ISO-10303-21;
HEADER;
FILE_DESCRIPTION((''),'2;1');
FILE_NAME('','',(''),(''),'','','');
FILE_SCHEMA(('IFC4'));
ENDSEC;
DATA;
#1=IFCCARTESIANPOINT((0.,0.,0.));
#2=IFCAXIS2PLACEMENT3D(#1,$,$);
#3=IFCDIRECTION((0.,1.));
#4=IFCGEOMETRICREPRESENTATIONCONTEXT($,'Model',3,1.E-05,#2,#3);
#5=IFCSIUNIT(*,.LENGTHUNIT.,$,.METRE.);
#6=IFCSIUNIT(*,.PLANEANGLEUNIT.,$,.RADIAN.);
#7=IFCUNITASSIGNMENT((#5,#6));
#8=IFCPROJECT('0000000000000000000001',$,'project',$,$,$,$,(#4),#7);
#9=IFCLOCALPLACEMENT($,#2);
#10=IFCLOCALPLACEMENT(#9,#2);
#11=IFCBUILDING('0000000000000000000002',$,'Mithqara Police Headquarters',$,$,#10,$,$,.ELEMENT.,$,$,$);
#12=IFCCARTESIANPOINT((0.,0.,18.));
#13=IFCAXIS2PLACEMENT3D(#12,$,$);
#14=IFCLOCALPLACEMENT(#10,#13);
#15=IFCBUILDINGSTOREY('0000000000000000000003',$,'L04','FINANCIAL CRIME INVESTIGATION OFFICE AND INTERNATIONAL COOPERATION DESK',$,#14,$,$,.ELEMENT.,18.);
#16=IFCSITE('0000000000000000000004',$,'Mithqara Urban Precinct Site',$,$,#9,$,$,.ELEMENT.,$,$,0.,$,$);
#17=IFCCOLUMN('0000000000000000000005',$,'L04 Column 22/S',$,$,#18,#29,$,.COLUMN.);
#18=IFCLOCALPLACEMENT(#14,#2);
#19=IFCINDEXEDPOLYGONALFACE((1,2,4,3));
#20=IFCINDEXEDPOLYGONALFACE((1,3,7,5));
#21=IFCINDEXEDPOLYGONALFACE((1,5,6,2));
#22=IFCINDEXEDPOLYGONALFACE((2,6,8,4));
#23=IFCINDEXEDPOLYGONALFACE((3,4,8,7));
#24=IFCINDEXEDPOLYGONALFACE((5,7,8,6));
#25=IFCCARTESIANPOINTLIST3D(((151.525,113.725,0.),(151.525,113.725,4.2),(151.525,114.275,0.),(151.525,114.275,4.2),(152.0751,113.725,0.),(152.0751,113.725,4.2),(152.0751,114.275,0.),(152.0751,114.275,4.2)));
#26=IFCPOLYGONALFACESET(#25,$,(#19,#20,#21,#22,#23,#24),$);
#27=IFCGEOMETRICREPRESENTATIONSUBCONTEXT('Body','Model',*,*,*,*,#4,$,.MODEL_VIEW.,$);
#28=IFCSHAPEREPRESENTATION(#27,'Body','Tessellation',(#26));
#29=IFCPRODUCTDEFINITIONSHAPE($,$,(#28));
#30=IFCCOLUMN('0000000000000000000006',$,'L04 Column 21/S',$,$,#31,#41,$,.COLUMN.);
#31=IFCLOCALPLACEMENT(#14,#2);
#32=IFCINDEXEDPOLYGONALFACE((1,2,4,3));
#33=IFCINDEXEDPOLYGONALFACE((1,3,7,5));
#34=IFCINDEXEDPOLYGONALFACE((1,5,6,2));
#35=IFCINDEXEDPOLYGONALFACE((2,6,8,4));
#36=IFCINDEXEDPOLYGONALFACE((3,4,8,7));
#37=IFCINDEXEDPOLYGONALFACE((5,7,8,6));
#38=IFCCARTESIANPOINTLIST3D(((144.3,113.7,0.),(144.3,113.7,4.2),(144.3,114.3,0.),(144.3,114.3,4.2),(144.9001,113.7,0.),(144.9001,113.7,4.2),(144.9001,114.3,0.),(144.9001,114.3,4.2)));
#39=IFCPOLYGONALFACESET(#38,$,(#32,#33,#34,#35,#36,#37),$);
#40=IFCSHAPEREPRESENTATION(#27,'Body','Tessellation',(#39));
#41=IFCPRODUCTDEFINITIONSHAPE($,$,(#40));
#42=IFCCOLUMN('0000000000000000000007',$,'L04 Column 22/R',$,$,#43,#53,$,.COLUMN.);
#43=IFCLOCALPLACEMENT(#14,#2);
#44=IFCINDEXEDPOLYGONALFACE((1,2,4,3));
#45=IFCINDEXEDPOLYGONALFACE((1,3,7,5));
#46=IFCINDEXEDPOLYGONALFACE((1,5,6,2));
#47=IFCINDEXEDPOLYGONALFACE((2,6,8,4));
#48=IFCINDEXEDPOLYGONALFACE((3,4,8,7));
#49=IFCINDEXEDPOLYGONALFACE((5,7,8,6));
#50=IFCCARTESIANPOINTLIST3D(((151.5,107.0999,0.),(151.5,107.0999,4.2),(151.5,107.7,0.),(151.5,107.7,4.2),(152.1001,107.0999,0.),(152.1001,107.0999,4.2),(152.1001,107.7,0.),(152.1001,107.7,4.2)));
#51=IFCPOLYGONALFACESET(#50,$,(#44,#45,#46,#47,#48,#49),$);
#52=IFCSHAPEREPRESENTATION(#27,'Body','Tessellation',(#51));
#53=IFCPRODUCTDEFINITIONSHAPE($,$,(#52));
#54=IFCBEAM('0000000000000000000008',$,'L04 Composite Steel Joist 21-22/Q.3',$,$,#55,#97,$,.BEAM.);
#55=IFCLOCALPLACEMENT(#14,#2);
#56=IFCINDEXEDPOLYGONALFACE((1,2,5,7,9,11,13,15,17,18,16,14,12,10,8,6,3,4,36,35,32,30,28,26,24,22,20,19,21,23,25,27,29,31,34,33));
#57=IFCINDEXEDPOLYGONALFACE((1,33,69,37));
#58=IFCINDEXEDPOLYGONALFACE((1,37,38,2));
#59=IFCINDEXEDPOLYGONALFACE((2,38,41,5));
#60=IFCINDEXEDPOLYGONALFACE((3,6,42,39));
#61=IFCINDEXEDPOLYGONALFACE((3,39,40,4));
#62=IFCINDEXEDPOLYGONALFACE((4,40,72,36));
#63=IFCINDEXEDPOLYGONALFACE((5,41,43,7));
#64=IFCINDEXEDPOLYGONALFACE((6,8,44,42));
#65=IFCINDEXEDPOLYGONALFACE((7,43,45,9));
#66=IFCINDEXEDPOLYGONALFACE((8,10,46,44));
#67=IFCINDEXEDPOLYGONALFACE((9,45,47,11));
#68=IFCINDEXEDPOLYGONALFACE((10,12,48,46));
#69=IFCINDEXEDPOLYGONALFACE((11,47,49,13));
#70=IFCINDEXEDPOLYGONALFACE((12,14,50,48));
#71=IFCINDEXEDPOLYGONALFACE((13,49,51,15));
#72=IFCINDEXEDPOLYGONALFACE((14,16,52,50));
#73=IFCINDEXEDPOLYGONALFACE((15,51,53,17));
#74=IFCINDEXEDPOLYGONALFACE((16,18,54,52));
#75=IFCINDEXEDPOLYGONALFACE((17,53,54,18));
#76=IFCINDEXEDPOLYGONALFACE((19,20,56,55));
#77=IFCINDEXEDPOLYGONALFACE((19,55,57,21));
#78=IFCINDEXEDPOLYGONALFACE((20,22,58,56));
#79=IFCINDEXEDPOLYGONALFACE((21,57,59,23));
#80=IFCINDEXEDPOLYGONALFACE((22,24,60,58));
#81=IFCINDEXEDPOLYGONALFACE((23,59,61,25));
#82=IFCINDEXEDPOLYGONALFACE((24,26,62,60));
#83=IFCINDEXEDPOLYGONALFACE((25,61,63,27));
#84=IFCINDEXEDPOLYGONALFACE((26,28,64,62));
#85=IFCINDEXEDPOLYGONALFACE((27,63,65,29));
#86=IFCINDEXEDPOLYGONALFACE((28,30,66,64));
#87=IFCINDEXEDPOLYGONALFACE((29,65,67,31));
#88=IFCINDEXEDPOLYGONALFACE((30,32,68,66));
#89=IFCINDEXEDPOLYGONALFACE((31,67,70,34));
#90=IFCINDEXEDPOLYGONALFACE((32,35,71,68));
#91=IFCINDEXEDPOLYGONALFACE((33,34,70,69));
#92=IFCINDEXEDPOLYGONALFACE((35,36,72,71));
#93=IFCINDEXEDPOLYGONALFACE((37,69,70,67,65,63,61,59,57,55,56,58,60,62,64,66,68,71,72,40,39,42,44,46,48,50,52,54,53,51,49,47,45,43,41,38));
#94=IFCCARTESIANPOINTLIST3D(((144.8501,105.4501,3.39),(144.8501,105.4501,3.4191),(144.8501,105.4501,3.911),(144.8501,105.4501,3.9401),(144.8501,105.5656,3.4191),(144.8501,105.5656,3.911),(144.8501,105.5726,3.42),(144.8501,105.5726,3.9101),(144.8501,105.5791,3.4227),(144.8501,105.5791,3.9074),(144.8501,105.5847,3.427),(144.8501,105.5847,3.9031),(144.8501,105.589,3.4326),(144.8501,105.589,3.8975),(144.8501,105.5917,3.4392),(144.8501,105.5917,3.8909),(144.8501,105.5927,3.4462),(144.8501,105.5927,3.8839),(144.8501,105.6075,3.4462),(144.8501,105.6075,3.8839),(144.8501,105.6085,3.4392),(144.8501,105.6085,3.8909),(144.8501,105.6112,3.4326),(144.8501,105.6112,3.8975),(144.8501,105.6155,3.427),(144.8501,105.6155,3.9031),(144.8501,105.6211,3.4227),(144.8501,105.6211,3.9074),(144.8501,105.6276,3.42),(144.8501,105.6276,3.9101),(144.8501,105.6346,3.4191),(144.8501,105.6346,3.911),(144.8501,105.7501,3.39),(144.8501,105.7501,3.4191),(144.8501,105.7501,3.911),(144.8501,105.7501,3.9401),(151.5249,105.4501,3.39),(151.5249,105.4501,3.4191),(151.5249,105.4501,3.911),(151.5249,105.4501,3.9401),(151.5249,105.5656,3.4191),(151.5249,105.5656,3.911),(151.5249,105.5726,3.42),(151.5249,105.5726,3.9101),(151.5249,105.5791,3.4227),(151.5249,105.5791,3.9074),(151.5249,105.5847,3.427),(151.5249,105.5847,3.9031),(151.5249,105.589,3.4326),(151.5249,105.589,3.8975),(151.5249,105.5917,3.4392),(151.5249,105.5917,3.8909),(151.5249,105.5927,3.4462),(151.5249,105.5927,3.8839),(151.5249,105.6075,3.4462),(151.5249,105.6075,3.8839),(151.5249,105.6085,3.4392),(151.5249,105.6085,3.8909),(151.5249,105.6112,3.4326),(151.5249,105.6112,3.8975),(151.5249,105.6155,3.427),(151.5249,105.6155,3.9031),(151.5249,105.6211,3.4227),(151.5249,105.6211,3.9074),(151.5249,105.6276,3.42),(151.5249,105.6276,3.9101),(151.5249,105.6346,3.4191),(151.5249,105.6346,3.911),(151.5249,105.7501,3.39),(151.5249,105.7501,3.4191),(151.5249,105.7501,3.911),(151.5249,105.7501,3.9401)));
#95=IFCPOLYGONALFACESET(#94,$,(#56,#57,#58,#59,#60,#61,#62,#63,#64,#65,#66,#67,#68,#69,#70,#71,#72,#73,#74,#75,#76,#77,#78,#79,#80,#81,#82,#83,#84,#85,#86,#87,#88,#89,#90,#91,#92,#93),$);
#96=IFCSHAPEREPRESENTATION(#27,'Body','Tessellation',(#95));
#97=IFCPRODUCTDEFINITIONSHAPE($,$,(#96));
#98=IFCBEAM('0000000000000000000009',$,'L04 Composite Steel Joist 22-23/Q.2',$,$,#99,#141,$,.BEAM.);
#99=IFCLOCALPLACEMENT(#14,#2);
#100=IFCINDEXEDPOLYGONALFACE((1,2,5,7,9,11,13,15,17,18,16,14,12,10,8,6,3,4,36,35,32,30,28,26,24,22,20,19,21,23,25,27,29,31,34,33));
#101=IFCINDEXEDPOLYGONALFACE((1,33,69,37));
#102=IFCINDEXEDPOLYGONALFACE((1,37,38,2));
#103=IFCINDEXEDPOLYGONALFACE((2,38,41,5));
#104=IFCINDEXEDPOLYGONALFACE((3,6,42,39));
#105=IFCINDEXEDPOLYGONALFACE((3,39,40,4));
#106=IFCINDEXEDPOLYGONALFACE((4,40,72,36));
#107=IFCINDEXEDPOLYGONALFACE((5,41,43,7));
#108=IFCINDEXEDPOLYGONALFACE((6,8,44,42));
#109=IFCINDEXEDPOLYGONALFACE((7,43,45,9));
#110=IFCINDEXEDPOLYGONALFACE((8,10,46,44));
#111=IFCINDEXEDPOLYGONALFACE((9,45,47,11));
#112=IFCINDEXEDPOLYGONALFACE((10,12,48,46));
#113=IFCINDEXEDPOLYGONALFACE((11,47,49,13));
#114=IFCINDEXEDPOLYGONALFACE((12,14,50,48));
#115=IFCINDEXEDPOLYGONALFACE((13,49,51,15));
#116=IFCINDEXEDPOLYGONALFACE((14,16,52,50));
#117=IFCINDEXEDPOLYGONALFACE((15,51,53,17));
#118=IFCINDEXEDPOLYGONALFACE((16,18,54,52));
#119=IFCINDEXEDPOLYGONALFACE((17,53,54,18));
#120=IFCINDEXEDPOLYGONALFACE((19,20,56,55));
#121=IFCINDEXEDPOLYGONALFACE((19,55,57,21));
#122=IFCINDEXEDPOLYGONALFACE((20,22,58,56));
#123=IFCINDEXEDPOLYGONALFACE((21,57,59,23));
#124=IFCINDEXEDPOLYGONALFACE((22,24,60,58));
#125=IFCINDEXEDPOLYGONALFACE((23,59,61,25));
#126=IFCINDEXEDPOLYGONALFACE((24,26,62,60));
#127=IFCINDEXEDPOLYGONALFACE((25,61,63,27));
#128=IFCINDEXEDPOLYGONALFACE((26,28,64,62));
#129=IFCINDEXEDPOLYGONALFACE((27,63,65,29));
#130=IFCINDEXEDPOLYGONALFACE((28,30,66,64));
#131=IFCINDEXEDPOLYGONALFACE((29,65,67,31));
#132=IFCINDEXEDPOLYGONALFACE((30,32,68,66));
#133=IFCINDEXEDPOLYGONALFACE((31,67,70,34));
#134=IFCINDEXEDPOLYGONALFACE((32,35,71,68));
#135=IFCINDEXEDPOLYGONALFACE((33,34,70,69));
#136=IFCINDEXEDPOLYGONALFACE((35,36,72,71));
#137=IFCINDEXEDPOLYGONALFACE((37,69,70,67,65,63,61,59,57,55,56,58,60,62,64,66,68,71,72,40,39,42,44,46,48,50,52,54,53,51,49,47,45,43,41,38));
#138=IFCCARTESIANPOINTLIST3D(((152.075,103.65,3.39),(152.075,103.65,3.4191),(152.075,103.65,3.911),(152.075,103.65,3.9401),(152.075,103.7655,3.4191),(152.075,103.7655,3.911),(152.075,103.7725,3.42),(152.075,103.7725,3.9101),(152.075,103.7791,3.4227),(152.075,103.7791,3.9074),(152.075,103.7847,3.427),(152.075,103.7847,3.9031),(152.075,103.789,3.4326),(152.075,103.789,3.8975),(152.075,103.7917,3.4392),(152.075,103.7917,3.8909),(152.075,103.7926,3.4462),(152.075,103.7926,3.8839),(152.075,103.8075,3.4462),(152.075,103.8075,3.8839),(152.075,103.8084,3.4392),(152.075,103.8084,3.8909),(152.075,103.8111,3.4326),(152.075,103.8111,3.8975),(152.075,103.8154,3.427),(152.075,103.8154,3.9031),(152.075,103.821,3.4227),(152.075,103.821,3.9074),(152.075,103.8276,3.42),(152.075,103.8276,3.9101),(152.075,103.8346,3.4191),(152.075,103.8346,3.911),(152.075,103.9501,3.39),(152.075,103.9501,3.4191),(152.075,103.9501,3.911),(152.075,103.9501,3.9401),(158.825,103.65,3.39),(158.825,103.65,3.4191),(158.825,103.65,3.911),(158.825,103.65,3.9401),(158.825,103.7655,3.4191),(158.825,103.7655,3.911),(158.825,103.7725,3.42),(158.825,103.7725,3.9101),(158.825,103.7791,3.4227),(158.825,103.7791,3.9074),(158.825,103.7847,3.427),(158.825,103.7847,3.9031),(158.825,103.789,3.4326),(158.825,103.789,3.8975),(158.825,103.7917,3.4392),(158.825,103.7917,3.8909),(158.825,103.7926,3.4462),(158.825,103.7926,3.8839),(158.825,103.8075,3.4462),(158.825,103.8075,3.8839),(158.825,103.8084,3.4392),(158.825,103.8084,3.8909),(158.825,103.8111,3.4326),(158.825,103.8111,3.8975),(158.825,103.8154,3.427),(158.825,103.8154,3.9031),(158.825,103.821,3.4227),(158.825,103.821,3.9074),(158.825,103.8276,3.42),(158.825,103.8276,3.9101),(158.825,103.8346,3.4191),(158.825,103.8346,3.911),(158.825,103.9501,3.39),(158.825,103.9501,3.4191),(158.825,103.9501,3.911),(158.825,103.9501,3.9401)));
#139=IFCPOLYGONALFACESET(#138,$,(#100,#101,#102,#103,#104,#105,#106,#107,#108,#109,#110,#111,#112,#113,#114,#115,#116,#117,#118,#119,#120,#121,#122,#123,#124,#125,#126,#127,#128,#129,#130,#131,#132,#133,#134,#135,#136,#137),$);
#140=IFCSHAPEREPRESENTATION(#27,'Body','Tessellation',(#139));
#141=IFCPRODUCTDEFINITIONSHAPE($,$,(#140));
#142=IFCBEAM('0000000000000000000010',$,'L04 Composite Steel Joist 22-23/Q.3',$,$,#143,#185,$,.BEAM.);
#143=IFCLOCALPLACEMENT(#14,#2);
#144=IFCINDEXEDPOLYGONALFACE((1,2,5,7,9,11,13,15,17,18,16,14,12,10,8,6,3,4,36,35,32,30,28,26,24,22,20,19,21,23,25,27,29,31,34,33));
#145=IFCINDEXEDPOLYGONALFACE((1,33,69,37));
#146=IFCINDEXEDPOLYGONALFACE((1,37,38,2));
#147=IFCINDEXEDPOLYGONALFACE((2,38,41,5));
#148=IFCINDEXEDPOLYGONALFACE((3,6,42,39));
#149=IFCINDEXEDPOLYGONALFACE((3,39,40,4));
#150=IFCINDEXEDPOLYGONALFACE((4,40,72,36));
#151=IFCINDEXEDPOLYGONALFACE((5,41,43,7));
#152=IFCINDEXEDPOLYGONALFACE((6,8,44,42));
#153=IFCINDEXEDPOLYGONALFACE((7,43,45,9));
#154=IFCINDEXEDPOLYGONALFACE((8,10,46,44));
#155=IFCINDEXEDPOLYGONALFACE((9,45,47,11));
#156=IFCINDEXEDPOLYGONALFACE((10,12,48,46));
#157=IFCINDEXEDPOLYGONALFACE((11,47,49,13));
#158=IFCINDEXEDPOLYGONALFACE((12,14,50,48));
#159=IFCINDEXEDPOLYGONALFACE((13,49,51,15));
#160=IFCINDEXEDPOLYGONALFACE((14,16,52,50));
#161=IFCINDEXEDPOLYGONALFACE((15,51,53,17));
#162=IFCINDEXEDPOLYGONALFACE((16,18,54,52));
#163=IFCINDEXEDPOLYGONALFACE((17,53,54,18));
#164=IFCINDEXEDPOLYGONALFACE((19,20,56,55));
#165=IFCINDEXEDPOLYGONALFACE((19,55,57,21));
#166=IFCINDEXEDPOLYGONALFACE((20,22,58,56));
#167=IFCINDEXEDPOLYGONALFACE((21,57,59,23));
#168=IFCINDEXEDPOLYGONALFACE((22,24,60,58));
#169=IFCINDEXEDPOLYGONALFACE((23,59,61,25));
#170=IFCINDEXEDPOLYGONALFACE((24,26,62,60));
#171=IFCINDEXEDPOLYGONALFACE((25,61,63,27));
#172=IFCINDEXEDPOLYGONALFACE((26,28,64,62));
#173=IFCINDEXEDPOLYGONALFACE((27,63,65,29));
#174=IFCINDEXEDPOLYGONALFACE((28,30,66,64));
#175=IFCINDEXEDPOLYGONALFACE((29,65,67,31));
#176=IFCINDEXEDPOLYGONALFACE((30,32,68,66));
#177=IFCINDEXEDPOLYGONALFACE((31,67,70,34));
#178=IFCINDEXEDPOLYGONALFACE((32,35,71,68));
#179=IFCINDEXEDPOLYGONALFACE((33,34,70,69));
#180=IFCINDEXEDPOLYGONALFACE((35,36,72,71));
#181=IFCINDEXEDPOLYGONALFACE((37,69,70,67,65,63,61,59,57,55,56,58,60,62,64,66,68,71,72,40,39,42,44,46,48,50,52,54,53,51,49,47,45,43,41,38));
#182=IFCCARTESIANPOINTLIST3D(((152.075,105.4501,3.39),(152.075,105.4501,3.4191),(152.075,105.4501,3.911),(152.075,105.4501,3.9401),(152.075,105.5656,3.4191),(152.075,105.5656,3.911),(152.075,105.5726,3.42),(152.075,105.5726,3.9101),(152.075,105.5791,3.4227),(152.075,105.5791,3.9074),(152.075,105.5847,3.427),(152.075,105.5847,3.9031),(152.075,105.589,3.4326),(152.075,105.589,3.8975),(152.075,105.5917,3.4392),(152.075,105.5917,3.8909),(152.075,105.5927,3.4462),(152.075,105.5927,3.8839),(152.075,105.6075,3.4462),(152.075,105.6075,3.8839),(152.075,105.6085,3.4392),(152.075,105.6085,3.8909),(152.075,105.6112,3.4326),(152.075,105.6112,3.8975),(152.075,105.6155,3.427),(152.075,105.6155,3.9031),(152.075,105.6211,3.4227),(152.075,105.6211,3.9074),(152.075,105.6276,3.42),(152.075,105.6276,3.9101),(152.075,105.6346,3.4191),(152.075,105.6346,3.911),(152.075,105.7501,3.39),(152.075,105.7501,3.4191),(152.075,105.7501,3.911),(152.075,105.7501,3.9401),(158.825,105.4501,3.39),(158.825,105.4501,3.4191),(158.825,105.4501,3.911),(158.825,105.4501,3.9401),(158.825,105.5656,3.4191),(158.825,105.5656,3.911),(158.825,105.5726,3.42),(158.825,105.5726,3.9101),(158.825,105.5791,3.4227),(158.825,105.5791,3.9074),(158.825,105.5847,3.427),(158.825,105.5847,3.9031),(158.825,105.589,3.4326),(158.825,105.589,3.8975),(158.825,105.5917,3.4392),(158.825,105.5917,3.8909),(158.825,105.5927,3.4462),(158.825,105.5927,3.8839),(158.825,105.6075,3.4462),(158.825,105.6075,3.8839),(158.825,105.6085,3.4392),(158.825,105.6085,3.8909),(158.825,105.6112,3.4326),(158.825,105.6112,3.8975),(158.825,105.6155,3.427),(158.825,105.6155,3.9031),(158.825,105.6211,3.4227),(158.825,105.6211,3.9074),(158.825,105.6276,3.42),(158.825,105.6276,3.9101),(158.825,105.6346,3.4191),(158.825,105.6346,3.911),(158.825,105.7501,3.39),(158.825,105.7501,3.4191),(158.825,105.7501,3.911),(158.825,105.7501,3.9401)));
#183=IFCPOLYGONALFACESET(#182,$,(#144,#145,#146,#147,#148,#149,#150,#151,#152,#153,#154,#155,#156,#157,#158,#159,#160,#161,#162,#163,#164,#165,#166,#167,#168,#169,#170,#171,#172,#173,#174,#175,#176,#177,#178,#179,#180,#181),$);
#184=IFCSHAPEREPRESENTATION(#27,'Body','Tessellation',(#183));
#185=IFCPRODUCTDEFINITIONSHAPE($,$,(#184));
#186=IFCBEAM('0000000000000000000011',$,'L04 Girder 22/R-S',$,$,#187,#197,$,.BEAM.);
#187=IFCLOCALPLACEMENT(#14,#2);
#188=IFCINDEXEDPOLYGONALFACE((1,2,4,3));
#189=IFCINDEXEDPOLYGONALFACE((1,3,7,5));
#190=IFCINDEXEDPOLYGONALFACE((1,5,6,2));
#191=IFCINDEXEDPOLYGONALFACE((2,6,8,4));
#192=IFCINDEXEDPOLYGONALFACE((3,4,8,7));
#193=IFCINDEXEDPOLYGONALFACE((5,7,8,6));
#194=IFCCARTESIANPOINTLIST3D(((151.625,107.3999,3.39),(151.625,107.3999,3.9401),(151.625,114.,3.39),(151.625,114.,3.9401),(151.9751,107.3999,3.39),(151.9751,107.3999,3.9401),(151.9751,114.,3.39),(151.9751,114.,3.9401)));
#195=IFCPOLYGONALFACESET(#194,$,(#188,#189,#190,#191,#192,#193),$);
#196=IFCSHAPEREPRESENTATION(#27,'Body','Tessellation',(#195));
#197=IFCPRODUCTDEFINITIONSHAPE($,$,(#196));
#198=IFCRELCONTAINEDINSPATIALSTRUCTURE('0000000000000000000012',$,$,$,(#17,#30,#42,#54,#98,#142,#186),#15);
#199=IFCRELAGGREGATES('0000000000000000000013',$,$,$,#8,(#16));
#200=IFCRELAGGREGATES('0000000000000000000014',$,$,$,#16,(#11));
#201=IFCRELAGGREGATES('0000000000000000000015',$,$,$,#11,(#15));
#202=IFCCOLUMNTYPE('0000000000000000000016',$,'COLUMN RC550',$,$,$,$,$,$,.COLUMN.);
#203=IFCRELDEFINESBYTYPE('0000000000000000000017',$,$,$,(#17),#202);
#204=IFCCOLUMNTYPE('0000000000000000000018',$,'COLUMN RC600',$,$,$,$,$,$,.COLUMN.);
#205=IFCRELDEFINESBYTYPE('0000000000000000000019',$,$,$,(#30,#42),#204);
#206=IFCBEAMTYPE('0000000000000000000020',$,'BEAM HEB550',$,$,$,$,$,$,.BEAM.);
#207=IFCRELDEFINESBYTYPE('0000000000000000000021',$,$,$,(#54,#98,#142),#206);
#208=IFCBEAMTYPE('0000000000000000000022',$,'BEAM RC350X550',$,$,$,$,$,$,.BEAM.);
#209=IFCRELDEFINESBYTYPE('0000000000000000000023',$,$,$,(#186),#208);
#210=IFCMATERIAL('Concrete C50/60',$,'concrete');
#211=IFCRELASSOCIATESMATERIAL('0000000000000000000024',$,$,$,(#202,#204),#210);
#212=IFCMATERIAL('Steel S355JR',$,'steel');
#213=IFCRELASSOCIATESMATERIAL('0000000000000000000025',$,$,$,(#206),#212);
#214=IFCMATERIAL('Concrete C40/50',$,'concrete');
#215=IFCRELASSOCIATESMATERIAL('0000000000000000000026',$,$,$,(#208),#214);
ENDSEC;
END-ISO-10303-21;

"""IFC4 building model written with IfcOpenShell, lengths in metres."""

from ifc_helpers import new_model, si_unit, direction, frame, origin, origin_2d, place, context, subcontext, project, spatial, rectangle, i_section, extrude, material, material_profile, profile_set, type_object, element, save


model = new_model("IFC4")

# Units and contexts
model_context = context("Model", 3, precision=1e-05, world=origin(), true_north=direction((0.0, 1.0)))
body_context = subcontext(model_context, "Body", "Model", "MODEL_VIEW")
ifc_project = project(units=[si_unit("LENGTHUNIT", "METRE"), si_unit("PLANEANGLEUNIT", "RADIAN")], contexts=[model_context])

# Site, building, storey
site_placement = place(None, origin())
site = spatial("IfcSite", under=ifc_project, at=site_placement, Name="Mithqara Urban Precinct Site", CompositionType="ELEMENT", RefElevation=0.0)
building_placement = place(site_placement, origin())
building = spatial("IfcBuilding", under=site, at=building_placement, Name="Mithqara Police Headquarters", CompositionType="ELEMENT")
storey_placement = place(building_placement, frame((0.0, 0.0, 18.0)))
storey = spatial("IfcBuildingStorey", under=building, at=storey_placement, Name="L04", Description="FINANCIAL CRIME INVESTIGATION OFFICE AND INTERNATIONAL COOPERATION DESK", CompositionType="ELEMENT", Elevation=18.0)

# Columns
ifc_material_1 = material(Name="Concrete C50/60", Category="concrete")
ifc_material_profile_1 = material_profile(ifc_material_1, rectangle(XDim=0.55, YDim=0.55, at=origin_2d()), Name="RC 550x550")
ifc_profile_set_1 = profile_set([ifc_material_profile_1], Name="Concrete C50/60")
column_type_1 = type_object("IfcColumnType", Name="COLUMN RC550", PredefinedType="COLUMN", material=ifc_profile_set_1)
column_placement = place(storey_placement, frame((151.8, 114.0, 0.0), z_axis=(0.0, 0.0, 1.0), x_axis=(1.0, 0.0, 0.0)))
element("IfcColumn", 1, at=column_placement, inside=storey, type_object=column_type_1, Name="L04 Column 22/S", PredefinedType="COLUMN", context=body_context, shape_type="SweptSolid", body=[
    extrude(rectangle(XDim=0.55, YDim=0.55, at=origin_2d()), origin(), (0.0, 0.0, 1.0), 4.2),
])
ifc_material_profile_2 = material_profile(ifc_material_1, rectangle(XDim=0.6001, YDim=0.6001, at=origin_2d()), Name="RC 600x600")
ifc_profile_set_2 = profile_set([ifc_material_profile_2], Name="Concrete C50/60")
column_type_2 = type_object("IfcColumnType", Name="COLUMN RC600", PredefinedType="COLUMN", material=ifc_profile_set_2)
for number, where, z_axis, x_axis, name in (
    (2, (144.6001, 114.0, 0.0), (0.0, 0.0, 1.0), (1.0, 0.0, 0.0), "L04 Column 21/S"),
    (3, (151.8, 107.3999, 0.0), (0.0, 0.0, 1.0), (1.0, 0.0, 0.0), "L04 Column 22/R"),
):
    element("IfcColumn", number, at=place(storey_placement, frame(where, z_axis=z_axis, x_axis=x_axis)), inside=storey, type_object=column_type_2, Name=name, PredefinedType="COLUMN", context=body_context, shape_type="SweptSolid", body=[
        extrude(rectangle(XDim=0.6001, YDim=0.6001, at=origin_2d()), origin(), (0.0, 0.0, 1.0), 4.2),
    ])

# Beams
ifc_material_2 = material(Name="Steel S355JR", Category="steel")
ifc_material_profile_3 = material_profile(ifc_material_2, i_section(OverallWidth=0.3, OverallDepth=0.55, WebThickness=0.0149, FlangeThickness=0.0291, FilletRadius=0.0271, at=origin_2d()), Name="HEB 550")
ifc_profile_set_3 = profile_set([ifc_material_profile_3], Name="Steel S355JR")
beam_type_1 = type_object("IfcBeamType", Name="BEAM HEB550", PredefinedType="BEAM", material=ifc_profile_set_3)
beam_1_placement = place(storey_placement, frame((144.8501, 105.6001, 3.665), z_axis=(1.0, 0.0, 0.0), x_axis=(0.0, 1.0, 0.0)))
element("IfcBeam", 4, at=beam_1_placement, inside=storey, type_object=beam_type_1, Name="L04 Composite Steel Joist 21-22/Q.3", PredefinedType="BEAM", context=body_context, shape_type="SweptSolid", body=[
    extrude(i_section(OverallWidth=0.3, OverallDepth=0.55, WebThickness=0.0149, FlangeThickness=0.0291, FilletRadius=0.0271, at=origin_2d()), origin(), (0.0, 0.0, 1.0), 6.6748),
])
for number, where, z_axis, x_axis, name in (
    (5, (152.075, 103.8, 3.665), (1.0, 0.0, 0.0), (0.0, 1.0, 0.0), "L04 Composite Steel Joist 22-23/Q.2"),
    (6, (152.075, 105.6001, 3.665), (1.0, 0.0, 0.0), (0.0, 1.0, 0.0), "L04 Composite Steel Joist 22-23/Q.3"),
):
    element("IfcBeam", number, at=place(storey_placement, frame(where, z_axis=z_axis, x_axis=x_axis)), inside=storey, type_object=beam_type_1, Name=name, PredefinedType="BEAM", context=body_context, shape_type="SweptSolid", body=[
        extrude(i_section(OverallWidth=0.3, OverallDepth=0.55, WebThickness=0.0149, FlangeThickness=0.0291, FilletRadius=0.0271, at=origin_2d()), origin(), (0.0, 0.0, 1.0), 6.75),
    ])
ifc_material_3 = material(Name="Concrete C40/50", Category="concrete")
ifc_material_profile_4 = material_profile(ifc_material_3, rectangle(XDim=0.3501, YDim=0.55, at=origin_2d()), Name="RC 350x550")
ifc_profile_set_4 = profile_set([ifc_material_profile_4], Name="Concrete C40/50")
beam_type_2 = type_object("IfcBeamType", Name="BEAM RC350X550", PredefinedType="BEAM", material=ifc_profile_set_4)
beam_2_placement = place(storey_placement, frame((151.8, 107.3999, 3.665), z_axis=(0.0, 1.0, 0.0), x_axis=(-1.0, 0.0, 0.0)))
element("IfcBeam", 7, at=beam_2_placement, inside=storey, type_object=beam_type_2, Name="L04 Girder 22/R-S", PredefinedType="BEAM", context=body_context, shape_type="SweptSolid", body=[
    extrude(rectangle(XDim=0.3501, YDim=0.55, at=origin_2d()), origin(), (0.0, 0.0, 1.0), 6.6001),
])

save(model, "model.ifc")
